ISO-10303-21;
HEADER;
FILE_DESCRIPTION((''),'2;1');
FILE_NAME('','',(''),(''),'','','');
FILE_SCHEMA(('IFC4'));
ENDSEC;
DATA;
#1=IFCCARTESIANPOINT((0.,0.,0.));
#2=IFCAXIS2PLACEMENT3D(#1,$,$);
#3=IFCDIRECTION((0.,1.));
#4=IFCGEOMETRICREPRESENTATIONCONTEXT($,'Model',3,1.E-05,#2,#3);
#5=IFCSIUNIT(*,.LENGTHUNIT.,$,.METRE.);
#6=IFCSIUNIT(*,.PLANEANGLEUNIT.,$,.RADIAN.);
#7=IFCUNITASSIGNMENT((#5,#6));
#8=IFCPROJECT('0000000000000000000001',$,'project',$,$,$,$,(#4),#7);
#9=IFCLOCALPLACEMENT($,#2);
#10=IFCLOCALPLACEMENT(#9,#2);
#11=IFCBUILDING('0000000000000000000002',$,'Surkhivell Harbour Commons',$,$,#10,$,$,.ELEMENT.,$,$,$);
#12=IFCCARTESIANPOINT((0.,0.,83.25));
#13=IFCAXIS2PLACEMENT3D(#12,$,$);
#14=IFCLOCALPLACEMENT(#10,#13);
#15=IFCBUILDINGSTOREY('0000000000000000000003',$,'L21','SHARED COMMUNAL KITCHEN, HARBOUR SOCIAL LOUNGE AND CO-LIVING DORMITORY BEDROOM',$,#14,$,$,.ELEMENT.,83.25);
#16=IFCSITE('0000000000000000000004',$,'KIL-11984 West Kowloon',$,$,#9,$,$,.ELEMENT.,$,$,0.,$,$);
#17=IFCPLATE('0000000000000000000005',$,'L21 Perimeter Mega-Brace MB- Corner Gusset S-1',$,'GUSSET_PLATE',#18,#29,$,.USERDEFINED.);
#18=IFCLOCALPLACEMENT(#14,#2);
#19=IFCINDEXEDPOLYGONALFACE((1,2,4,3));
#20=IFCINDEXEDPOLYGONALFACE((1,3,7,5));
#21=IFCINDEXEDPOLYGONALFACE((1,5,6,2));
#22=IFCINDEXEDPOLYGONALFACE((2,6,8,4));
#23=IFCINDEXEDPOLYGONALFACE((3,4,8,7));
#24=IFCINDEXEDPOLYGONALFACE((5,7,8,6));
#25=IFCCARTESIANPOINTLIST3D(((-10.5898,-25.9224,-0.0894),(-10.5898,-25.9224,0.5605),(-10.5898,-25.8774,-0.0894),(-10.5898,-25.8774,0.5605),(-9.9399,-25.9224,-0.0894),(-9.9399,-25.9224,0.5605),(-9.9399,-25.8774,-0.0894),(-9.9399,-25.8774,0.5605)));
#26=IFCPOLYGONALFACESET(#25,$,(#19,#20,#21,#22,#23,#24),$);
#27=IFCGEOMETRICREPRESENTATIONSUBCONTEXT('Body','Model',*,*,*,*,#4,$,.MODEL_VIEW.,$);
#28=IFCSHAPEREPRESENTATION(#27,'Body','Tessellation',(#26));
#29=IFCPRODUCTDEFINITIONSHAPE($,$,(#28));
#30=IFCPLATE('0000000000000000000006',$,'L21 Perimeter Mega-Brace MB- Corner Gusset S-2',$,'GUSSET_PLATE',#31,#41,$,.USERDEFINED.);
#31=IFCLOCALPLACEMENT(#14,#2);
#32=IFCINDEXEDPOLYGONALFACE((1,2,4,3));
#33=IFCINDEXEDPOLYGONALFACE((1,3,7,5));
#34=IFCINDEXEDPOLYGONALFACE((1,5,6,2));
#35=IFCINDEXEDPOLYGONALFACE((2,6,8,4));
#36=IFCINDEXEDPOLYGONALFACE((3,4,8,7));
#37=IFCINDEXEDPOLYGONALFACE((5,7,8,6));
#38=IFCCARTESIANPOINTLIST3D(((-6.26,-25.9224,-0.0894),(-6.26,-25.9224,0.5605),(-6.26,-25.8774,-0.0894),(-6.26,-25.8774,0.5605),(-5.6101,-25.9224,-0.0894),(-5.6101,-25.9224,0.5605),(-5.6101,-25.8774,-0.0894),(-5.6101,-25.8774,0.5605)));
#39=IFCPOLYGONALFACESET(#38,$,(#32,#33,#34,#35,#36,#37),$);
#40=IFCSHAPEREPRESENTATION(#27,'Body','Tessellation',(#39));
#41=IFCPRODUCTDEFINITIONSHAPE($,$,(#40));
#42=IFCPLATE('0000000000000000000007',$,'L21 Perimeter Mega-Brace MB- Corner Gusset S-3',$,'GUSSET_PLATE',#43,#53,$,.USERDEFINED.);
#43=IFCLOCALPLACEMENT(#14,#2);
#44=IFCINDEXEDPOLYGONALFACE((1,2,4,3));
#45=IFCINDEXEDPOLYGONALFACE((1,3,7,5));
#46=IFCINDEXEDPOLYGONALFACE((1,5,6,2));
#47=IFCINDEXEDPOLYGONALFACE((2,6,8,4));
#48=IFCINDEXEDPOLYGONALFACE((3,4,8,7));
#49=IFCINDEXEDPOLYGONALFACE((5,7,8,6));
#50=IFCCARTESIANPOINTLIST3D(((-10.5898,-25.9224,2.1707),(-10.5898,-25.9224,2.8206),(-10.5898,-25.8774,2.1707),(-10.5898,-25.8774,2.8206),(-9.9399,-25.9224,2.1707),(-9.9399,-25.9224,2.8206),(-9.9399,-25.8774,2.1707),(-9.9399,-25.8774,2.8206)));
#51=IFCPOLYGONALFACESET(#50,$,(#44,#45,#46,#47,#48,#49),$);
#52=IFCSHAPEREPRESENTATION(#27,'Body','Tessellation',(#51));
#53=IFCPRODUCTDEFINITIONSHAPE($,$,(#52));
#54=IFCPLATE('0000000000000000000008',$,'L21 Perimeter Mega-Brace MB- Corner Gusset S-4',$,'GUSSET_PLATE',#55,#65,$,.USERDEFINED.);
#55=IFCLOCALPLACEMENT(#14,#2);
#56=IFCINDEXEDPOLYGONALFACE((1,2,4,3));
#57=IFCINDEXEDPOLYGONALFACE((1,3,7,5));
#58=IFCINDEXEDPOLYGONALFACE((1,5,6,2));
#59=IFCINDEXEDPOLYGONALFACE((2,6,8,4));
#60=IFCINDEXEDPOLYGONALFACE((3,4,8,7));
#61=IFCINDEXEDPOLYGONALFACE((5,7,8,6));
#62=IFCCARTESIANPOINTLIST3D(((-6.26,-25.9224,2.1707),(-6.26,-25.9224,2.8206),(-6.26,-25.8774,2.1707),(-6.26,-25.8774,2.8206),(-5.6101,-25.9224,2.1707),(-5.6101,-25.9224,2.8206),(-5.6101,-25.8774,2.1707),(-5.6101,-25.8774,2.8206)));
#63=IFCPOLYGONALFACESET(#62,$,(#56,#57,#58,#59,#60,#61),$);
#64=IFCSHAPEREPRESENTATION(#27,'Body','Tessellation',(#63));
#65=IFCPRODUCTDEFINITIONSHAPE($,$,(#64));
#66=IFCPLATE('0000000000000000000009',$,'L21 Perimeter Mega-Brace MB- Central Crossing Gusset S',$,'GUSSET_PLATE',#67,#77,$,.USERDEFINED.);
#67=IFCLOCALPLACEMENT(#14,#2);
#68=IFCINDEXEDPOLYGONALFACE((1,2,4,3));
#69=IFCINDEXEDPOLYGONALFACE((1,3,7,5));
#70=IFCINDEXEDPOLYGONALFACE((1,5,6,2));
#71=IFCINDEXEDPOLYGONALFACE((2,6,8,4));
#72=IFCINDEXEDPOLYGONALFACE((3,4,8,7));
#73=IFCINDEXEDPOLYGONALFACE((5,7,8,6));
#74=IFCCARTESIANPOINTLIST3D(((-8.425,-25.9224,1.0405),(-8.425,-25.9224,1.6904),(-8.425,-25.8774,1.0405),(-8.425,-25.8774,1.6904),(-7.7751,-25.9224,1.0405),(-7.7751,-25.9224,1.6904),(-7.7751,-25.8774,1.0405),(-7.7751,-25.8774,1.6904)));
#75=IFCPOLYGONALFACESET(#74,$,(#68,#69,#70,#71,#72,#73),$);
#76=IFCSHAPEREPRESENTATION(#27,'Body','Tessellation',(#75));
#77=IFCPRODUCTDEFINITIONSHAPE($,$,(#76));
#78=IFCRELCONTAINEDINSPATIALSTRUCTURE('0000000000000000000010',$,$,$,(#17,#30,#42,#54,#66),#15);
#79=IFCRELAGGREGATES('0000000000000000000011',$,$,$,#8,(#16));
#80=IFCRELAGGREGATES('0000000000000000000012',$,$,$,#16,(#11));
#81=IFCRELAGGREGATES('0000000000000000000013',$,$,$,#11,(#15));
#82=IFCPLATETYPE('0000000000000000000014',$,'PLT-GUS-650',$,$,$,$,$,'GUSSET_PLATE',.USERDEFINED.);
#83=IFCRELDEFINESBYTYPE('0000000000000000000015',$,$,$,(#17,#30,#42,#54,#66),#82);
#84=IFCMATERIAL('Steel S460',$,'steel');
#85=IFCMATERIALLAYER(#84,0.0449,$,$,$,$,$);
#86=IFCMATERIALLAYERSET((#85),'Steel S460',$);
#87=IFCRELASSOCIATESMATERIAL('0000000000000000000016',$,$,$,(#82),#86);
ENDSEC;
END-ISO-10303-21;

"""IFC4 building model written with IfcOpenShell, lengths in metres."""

from ifc_helpers import new_model, si_unit, direction, frame, origin, origin_2d, place, context, subcontext, project, spatial, rectangle, extrude, material, layer, layer_set, type_object, element, save


model = new_model("IFC4")

# Units and contexts
model_context = context("Model", 3, precision=1e-05, world=origin(), true_north=direction((0.0, 1.0)))
body_context = subcontext(model_context, "Body", "Model", "MODEL_VIEW")
ifc_project = project(units=[si_unit("LENGTHUNIT", "METRE"), si_unit("PLANEANGLEUNIT", "RADIAN")], contexts=[model_context])

# Site, building, storey
site_placement = place(None, origin())
site = spatial("IfcSite", under=ifc_project, at=site_placement, Name="KIL-11984 West Kowloon", CompositionType="ELEMENT", RefElevation=0.0)
building_placement = place(site_placement, origin())
building = spatial("IfcBuilding", under=site, at=building_placement, Name="Surkhivell Harbour Commons", CompositionType="ELEMENT")
storey_placement = place(building_placement, frame((0.0, 0.0, 83.25)))
storey = spatial("IfcBuildingStorey", under=building, at=storey_placement, Name="L21", Description="SHARED COMMUNAL KITCHEN, HARBOUR SOCIAL LOUNGE AND CO-LIVING DORMITORY BEDROOM", CompositionType="ELEMENT", Elevation=83.25)

# Shared definitions
ifc_material_1 = material(Name="Steel S460", Category="steel")

# Plates
ifc_layer_1 = layer(ifc_material_1, 0.0449)
ifc_layer_set_1 = layer_set([ifc_layer_1], Name="Steel S460")
plate_type_1 = type_object("IfcPlateType", Name="PLT-GUS-650", ElementType="GUSSET_PLATE", PredefinedType="USERDEFINED", material=ifc_layer_set_1)
for number, where, z_axis, x_axis, name in (
    (1, (-10.2649, -25.8999, -0.0894), (0.0, 0.0, 1.0), (1.0, 0.0, 0.0), "L21 Perimeter Mega-Brace MB- Corner Gusset S-1"),
    (2, (-5.9351, -25.8999, -0.0894), (0.0, 0.0, 1.0), (1.0, 0.0, 0.0), "L21 Perimeter Mega-Brace MB- Corner Gusset S-2"),
    (3, (-10.2649, -25.8999, 2.1707), (0.0, 0.0, 1.0), (1.0, 0.0, 0.0), "L21 Perimeter Mega-Brace MB- Corner Gusset S-3"),
    (4, (-5.9351, -25.8999, 2.1707), (0.0, 0.0, 1.0), (1.0, 0.0, 0.0), "L21 Perimeter Mega-Brace MB- Corner Gusset S-4"),
    (5, (-8.1001, -25.8999, 1.0405), (0.0, 0.0, 1.0), (1.0, 0.0, 0.0), "L21 Perimeter Mega-Brace MB- Central Crossing Gusset S"),
):
    element("IfcPlate", number, at=place(storey_placement, frame(where, z_axis=z_axis, x_axis=x_axis)), inside=storey, type_object=plate_type_1, Name=name, ObjectType="GUSSET_PLATE", PredefinedType="USERDEFINED", context=body_context, shape_type="SweptSolid", body=[
        extrude(rectangle(XDim=0.6499, YDim=0.0449, at=origin_2d()), origin(), (0.0, 0.0, 1.0), 0.6499),
    ])

save(model, "model.ifc")
